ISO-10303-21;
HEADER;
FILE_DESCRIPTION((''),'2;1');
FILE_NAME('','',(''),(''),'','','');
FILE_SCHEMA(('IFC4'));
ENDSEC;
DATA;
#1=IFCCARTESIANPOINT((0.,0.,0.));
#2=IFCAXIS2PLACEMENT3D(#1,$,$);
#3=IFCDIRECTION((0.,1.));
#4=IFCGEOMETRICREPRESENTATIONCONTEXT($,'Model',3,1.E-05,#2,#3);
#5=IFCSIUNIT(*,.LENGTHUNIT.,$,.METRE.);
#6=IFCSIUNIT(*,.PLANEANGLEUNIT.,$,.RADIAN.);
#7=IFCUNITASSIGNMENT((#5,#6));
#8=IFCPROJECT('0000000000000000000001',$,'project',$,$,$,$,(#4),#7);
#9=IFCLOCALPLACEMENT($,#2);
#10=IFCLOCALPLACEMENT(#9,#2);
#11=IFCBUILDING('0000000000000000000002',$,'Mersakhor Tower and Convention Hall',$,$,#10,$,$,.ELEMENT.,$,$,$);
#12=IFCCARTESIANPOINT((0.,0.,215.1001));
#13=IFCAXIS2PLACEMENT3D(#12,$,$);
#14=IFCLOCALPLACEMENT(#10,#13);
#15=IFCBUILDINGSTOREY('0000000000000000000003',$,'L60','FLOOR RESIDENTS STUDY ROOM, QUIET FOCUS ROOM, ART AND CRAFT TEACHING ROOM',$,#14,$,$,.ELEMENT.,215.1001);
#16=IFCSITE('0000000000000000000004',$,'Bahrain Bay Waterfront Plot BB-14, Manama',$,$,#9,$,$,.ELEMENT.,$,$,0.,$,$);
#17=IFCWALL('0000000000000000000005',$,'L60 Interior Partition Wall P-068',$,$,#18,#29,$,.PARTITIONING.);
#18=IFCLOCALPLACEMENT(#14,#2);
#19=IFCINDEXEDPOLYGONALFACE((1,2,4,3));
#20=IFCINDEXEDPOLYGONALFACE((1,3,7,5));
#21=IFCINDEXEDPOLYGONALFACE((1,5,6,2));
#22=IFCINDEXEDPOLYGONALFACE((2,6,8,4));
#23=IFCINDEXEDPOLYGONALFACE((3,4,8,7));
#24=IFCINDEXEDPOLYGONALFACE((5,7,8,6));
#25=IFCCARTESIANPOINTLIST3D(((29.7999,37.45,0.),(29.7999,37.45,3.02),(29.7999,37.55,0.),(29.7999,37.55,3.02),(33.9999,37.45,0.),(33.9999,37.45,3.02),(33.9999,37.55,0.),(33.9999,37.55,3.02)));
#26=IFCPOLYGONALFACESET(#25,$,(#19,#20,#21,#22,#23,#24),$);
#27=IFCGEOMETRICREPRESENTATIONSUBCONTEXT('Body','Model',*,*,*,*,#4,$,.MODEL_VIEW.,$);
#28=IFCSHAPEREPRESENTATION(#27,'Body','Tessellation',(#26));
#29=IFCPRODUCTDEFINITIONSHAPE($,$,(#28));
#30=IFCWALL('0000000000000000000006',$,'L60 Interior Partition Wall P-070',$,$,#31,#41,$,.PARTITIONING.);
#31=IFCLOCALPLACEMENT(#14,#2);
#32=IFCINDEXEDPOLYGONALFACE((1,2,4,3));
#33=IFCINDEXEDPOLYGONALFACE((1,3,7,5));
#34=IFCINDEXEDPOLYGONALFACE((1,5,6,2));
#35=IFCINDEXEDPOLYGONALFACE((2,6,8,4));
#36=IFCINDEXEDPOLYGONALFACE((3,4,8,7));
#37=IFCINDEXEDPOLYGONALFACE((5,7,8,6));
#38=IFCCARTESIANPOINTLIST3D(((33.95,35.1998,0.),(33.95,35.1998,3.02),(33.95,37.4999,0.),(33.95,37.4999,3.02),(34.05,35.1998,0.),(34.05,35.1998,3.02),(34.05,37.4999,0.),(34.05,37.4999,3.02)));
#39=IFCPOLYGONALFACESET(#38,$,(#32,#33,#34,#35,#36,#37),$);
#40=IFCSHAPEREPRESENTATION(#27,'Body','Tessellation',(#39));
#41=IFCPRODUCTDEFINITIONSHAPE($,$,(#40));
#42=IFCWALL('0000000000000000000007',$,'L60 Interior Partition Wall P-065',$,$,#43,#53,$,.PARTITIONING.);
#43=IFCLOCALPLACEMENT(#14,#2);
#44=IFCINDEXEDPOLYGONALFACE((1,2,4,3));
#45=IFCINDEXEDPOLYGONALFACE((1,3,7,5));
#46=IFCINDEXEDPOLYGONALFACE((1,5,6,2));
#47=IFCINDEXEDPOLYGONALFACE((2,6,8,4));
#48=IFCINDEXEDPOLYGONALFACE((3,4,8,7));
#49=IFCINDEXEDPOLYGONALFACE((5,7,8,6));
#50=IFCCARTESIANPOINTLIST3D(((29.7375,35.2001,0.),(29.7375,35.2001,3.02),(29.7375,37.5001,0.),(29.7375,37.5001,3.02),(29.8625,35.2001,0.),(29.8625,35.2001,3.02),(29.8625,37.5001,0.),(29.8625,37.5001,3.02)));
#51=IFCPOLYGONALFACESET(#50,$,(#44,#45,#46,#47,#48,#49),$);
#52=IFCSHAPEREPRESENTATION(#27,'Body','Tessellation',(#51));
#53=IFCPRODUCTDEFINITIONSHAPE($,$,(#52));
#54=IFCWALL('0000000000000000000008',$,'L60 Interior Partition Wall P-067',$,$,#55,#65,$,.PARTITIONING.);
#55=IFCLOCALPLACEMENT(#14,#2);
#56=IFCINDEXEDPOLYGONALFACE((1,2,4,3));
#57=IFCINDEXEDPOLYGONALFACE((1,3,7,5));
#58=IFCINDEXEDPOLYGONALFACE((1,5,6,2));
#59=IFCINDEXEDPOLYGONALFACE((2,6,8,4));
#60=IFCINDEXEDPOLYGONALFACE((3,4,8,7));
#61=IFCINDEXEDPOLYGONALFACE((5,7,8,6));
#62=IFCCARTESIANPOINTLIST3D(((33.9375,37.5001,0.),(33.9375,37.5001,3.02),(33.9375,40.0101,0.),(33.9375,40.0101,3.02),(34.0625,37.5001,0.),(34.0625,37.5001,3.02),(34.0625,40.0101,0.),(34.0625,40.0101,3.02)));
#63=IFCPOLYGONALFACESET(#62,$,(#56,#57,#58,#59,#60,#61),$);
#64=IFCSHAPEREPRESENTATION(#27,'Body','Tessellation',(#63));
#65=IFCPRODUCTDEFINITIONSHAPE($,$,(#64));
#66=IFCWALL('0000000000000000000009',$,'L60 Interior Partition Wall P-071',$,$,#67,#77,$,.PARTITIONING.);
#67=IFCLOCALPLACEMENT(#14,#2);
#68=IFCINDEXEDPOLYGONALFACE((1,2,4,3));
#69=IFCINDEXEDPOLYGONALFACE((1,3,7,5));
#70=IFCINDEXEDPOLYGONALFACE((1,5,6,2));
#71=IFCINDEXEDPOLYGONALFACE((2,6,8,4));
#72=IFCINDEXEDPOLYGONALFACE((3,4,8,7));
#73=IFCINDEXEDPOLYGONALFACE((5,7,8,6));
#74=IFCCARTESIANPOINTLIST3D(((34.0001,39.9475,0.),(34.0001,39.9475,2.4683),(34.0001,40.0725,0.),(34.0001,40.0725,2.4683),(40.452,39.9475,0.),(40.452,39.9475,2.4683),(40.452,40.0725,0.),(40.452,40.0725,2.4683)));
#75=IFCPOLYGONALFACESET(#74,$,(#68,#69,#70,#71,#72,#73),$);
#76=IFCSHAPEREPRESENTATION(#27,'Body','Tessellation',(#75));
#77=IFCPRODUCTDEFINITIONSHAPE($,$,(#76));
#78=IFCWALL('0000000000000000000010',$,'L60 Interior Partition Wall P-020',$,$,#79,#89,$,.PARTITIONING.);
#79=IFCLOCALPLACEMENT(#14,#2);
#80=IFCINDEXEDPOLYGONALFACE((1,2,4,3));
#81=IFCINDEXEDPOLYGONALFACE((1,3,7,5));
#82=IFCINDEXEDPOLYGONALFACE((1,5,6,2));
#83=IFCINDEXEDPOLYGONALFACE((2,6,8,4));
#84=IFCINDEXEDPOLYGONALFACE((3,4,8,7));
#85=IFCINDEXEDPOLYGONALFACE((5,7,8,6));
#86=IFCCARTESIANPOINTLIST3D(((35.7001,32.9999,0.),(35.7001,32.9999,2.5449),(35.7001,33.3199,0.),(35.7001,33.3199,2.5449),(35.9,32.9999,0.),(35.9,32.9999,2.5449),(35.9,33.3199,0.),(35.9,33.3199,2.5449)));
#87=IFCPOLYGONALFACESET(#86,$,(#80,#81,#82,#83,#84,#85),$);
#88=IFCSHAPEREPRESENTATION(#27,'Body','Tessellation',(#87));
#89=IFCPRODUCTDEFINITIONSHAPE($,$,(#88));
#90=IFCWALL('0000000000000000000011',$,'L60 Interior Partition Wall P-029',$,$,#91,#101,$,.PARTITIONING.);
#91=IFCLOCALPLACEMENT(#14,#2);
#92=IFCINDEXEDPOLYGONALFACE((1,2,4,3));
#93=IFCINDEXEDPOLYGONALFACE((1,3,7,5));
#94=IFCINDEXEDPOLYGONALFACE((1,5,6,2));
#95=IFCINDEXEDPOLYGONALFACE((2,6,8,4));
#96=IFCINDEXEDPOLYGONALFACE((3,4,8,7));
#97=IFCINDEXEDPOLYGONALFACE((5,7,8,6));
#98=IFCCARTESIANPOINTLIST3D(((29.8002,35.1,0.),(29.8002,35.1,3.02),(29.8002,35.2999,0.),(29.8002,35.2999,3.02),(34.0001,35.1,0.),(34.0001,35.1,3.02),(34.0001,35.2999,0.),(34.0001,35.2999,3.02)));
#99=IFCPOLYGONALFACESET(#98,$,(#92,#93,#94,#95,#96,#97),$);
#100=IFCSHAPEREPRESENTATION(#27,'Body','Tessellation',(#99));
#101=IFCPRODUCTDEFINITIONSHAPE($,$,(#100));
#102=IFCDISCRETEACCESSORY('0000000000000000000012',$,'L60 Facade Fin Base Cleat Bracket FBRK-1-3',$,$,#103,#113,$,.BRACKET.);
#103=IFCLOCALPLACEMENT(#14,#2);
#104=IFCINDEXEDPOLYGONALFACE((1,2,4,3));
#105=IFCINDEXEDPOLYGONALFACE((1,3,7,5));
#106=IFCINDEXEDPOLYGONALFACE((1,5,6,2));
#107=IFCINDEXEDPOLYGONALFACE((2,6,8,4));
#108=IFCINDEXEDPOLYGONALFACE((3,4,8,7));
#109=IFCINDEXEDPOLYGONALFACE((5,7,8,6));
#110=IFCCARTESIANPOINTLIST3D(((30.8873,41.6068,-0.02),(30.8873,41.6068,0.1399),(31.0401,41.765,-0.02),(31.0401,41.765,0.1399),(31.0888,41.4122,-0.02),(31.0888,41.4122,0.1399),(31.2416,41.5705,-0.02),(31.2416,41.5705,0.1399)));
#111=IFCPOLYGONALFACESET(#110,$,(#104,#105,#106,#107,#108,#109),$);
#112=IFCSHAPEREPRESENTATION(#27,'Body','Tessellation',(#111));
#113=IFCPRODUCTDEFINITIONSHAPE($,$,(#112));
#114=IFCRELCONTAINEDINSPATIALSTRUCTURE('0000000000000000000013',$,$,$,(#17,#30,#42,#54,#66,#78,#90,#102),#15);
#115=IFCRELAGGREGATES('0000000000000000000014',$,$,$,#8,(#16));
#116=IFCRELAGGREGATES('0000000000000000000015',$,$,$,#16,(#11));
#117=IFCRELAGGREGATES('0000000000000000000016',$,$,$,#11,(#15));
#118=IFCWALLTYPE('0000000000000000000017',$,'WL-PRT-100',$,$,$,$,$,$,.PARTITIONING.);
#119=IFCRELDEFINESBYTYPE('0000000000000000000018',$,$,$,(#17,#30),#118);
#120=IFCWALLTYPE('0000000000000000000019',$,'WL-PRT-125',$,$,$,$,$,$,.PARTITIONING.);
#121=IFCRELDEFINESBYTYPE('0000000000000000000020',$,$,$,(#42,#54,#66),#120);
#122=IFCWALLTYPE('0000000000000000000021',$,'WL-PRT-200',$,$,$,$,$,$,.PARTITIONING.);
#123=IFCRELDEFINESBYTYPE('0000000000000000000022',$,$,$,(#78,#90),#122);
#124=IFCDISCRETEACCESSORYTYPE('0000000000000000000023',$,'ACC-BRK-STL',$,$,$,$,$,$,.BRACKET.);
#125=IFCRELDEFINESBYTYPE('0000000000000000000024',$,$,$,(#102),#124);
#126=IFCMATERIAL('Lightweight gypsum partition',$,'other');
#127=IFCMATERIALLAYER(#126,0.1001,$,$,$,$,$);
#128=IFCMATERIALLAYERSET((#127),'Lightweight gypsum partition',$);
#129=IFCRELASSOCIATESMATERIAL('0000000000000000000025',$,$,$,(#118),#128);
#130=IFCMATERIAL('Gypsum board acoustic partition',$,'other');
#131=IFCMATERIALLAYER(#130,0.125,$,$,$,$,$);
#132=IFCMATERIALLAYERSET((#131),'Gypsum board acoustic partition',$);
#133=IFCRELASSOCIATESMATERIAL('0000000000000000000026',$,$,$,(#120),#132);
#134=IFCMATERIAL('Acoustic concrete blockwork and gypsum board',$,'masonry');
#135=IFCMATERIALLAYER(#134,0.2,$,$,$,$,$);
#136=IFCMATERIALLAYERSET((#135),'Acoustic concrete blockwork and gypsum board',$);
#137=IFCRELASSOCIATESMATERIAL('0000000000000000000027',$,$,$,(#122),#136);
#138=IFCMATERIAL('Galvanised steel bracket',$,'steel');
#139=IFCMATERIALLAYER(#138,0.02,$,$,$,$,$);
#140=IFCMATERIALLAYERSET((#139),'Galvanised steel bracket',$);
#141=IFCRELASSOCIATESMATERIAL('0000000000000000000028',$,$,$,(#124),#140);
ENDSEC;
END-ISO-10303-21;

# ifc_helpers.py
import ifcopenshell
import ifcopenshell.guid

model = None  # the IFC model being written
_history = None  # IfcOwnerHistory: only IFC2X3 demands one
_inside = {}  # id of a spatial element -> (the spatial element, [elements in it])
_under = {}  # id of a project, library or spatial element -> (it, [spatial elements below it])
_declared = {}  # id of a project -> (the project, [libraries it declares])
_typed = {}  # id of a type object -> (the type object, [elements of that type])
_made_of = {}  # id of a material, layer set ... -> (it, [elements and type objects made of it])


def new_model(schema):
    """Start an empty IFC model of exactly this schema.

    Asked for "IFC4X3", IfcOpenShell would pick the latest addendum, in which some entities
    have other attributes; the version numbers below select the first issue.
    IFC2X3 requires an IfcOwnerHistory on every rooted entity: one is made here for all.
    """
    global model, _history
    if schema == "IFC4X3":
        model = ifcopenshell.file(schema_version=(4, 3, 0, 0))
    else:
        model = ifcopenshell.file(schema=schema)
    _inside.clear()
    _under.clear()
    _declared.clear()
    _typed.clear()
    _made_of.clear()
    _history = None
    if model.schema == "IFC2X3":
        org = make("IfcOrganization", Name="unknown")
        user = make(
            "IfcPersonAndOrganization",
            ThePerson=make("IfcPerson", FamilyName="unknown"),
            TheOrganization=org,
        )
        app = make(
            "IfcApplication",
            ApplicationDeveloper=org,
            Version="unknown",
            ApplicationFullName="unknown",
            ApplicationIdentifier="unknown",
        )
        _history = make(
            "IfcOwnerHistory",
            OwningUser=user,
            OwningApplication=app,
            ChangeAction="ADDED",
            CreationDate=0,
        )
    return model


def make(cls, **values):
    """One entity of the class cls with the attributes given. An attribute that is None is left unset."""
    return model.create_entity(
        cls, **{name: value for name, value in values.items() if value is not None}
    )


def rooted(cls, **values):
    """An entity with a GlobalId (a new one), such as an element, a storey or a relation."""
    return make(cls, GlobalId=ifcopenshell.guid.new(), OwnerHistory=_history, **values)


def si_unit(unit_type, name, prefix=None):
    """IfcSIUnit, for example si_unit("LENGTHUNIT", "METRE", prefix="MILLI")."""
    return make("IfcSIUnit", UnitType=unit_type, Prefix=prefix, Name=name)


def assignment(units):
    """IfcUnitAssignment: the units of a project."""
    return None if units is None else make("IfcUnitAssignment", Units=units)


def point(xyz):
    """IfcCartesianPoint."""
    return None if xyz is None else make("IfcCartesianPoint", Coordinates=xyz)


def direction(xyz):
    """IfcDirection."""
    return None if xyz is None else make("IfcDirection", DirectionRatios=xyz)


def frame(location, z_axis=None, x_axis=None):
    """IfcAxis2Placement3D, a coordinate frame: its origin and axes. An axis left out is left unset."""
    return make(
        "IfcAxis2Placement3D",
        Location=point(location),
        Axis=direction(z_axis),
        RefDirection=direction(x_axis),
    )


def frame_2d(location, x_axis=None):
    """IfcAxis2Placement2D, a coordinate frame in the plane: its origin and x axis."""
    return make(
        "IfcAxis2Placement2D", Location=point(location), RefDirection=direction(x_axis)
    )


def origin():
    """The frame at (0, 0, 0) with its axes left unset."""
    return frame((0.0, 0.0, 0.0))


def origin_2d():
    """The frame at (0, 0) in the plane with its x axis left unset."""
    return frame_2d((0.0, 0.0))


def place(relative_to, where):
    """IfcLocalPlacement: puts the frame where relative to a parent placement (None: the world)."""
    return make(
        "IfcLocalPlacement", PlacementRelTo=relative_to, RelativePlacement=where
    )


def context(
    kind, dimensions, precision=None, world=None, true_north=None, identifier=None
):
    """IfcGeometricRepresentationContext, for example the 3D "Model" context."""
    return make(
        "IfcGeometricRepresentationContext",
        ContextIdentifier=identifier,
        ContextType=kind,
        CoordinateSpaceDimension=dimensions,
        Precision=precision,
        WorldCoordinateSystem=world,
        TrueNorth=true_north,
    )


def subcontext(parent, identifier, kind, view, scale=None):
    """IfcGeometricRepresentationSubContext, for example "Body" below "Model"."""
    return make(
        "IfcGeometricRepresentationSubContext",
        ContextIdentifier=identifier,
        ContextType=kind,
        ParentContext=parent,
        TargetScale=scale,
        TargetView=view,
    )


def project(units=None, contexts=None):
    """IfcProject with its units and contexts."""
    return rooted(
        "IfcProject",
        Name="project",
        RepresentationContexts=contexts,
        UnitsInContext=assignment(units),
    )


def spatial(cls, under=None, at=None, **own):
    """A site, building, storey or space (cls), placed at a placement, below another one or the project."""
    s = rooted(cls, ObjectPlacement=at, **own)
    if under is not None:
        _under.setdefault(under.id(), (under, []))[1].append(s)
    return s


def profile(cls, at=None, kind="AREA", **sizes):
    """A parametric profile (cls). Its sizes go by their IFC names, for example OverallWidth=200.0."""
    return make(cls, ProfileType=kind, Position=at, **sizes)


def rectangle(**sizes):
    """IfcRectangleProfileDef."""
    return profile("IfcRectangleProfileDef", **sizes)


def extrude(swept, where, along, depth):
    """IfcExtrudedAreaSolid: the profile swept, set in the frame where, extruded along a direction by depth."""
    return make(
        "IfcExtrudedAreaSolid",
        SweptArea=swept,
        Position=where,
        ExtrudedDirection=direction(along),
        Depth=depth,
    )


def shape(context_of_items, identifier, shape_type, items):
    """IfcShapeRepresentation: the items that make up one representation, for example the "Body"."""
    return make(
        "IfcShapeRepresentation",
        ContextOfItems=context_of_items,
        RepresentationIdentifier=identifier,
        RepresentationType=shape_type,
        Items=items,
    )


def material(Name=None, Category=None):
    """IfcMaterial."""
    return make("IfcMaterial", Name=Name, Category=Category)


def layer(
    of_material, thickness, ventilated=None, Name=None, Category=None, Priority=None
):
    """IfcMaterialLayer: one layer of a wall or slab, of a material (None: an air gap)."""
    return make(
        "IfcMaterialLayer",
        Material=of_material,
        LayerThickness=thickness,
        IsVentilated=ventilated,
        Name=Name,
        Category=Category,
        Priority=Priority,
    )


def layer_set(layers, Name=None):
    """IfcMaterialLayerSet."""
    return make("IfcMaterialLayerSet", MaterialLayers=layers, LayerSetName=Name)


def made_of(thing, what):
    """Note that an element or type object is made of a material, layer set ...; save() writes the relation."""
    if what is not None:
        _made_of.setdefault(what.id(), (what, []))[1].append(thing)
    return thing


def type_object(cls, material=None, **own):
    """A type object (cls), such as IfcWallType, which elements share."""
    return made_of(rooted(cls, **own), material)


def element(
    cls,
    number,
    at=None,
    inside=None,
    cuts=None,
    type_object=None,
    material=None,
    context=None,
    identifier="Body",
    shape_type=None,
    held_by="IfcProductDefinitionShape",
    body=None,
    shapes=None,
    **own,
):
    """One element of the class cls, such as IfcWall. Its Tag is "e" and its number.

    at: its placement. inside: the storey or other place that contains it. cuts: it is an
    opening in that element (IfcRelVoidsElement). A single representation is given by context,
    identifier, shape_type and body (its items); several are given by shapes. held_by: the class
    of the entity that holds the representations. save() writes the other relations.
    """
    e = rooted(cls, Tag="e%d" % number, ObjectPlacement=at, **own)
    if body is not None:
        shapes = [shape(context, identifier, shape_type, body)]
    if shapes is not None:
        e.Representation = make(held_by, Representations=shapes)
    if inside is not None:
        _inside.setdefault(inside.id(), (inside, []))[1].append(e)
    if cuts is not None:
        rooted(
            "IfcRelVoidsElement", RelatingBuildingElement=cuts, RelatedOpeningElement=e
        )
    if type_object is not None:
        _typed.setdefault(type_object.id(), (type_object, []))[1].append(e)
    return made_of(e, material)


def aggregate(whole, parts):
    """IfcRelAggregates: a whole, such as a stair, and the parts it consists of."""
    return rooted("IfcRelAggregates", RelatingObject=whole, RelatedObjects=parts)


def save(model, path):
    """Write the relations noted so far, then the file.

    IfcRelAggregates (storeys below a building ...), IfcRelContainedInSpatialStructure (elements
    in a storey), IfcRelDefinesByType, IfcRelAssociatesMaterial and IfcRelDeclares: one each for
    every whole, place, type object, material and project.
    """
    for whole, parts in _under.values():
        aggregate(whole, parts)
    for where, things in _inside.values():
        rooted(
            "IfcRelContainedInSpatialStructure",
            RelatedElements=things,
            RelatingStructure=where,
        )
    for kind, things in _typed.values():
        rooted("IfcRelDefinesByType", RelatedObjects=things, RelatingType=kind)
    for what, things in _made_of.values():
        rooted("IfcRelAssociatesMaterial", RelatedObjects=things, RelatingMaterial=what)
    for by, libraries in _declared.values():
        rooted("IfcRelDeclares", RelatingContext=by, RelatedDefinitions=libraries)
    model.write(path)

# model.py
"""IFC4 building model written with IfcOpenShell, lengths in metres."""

from ifc_helpers import new_model, si_unit, direction, frame, frame_2d, origin, origin_2d, place, context, subcontext, project, spatial, rectangle, extrude, material, layer, layer_set, type_object, element, save


model = new_model("IFC4")

# Units and contexts
model_context = context("Model", 3, precision=1e-05, world=origin(), true_north=direction((0.0, 1.0)))
body_context = subcontext(model_context, "Body", "Model", "MODEL_VIEW")
ifc_project = project(units=[si_unit("LENGTHUNIT", "METRE"), si_unit("PLANEANGLEUNIT", "RADIAN")], contexts=[model_context])

# Site, building, storey
site_placement = place(None, origin())
site = spatial("IfcSite", under=ifc_project, at=site_placement, Name="Bahrain Bay Waterfront Plot BB-14, Manama", CompositionType="ELEMENT", RefElevation=0.0)
building_placement = place(site_placement, origin())
building = spatial("IfcBuilding", under=site, at=building_placement, Name="Mersakhor Tower and Convention Hall", CompositionType="ELEMENT")
storey_placement = place(building_placement, frame((0.0, 0.0, 215.1001)))
storey = spatial("IfcBuildingStorey", under=building, at=storey_placement, Name="L60", Description="FLOOR RESIDENTS STUDY ROOM, QUIET FOCUS ROOM, ART AND CRAFT TEACHING ROOM", CompositionType="ELEMENT", Elevation=215.1001)

# Shared definitions
ifc_material_1 = material(Name="Lightweight gypsum partition", Category="other")
ifc_layer_1 = layer(ifc_material_1, 0.1001)
ifc_layer_set_1 = layer_set([ifc_layer_1], Name="Lightweight gypsum partition")
wall_type_1 = type_object("IfcWallType", Name="WL-PRT-100", PredefinedType="PARTITIONING", material=ifc_layer_set_1)

# Walls
wall_1_placement = place(storey_placement, frame((34.0, 37.5, 0.0), z_axis=(0.0, 0.0, 1.0), x_axis=(-1.0, 0.0, 0.0)))
element("IfcWall", 1, at=wall_1_placement, inside=storey, type_object=wall_type_1, Name="L60 Interior Partition Wall P-068", PredefinedType="PARTITIONING", context=body_context, shape_type="SweptSolid", body=[
    extrude(rectangle(XDim=4.2, YDim=0.1001, at=frame_2d((2.1001, 0.0))), origin(), (0.0, 0.0, 1.0), 3.02),
])
wall_2_placement = place(storey_placement, frame((34.0, 35.2, 0.0), z_axis=(0.0, 0.0, 1.0), x_axis=(0.0, 1.0, 0.0)))
element("IfcWall", 2, at=wall_2_placement, inside=storey, type_object=wall_type_1, Name="L60 Interior Partition Wall P-070", PredefinedType="PARTITIONING", context=body_context, shape_type="SweptSolid", body=[
    extrude(rectangle(XDim=2.3, YDim=0.1001, at=frame_2d((1.1499, 0.0))), origin(), (0.0, 0.0, 1.0), 3.02),
])
ifc_material_2 = material(Name="Gypsum board acoustic partition", Category="other")
ifc_layer_2 = layer(ifc_material_2, 0.125)
ifc_layer_set_2 = layer_set([ifc_layer_2], Name="Gypsum board acoustic partition")
wall_type_2 = type_object("IfcWallType", Name="WL-PRT-125", PredefinedType="PARTITIONING", material=ifc_layer_set_2)
wall_3_placement = place(storey_placement, frame((29.8, 37.5, 0.0), z_axis=(0.0, 0.0, 1.0), x_axis=(0.0, -1.0, 0.0)))
element("IfcWall", 3, at=wall_3_placement, inside=storey, type_object=wall_type_2, Name="L60 Interior Partition Wall P-065", PredefinedType="PARTITIONING", context=body_context, shape_type="SweptSolid", body=[
    extrude(rectangle(XDim=2.3, YDim=0.125, at=frame_2d((1.1499, 0.0))), origin(), (0.0, 0.0, 1.0), 3.02),
])
wall_4_placement = place(storey_placement, frame((34.0, 40.01, 0.0), z_axis=(0.0, 0.0, 1.0), x_axis=(0.0, -1.0, 0.0)))
element("IfcWall", 4, at=wall_4_placement, inside=storey, type_object=wall_type_2, Name="L60 Interior Partition Wall P-067", PredefinedType="PARTITIONING", context=body_context, shape_type="SweptSolid", body=[
    extrude(rectangle(XDim=2.51, YDim=0.125, at=frame_2d((1.2549, 0.0))), origin(), (0.0, 0.0, 1.0), 3.02),
])
wall_5_placement = place(storey_placement, frame((34.0, 40.01, 0.0), z_axis=(0.0, 0.0, 1.0), x_axis=(1.0, 0.0, 0.0)))
element("IfcWall", 5, at=wall_5_placement, inside=storey, type_object=wall_type_2, Name="L60 Interior Partition Wall P-071", PredefinedType="PARTITIONING", context=body_context, shape_type="SweptSolid", body=[
    extrude(rectangle(XDim=6.4519, YDim=0.125, at=frame_2d((3.2261, 0.0))), origin(), (0.0, 0.0, 1.0), 2.4683),
])
ifc_material_3 = material(Name="Acoustic concrete blockwork and gypsum board", Category="masonry")
ifc_layer_3 = layer(ifc_material_3, 0.2)
ifc_layer_set_3 = layer_set([ifc_layer_3], Name="Acoustic concrete blockwork and gypsum board")
wall_type_3 = type_object("IfcWallType", Name="WL-PRT-200", PredefinedType="PARTITIONING", material=ifc_layer_set_3)
wall_6_placement = place(storey_placement, frame((35.8, 33.3201, 0.0), z_axis=(0.0, 0.0, 1.0), x_axis=(0.0, -1.0, 0.0)))
element("IfcWall", 6, at=wall_6_placement, inside=storey, type_object=wall_type_3, Name="L60 Interior Partition Wall P-020", PredefinedType="PARTITIONING", context=body_context, shape_type="SweptSolid", body=[
    extrude(rectangle(XDim=0.3201, YDim=0.2, at=frame_2d((0.1602, 0.0))), origin(), (0.0, 0.0, 1.0), 2.5449),
])
wall_7_placement = place(storey_placement, frame((29.8, 35.2, 0.0), z_axis=(0.0, 0.0, 1.0), x_axis=(1.0, 0.0, 0.0)))
element("IfcWall", 7, at=wall_7_placement, inside=storey, type_object=wall_type_3, Name="L60 Interior Partition Wall P-029", PredefinedType="PARTITIONING", context=body_context, shape_type="SweptSolid", body=[
    extrude(rectangle(XDim=4.2, YDim=0.2, at=frame_2d((2.1001, 0.0))), origin(), (0.0, 0.0, 1.0), 3.02),
])

# Discrete accessory
ifc_material_4 = material(Name="Galvanised steel bracket", Category="steel")
ifc_layer_4 = layer(ifc_material_4, 0.02)
ifc_layer_set_4 = layer_set([ifc_layer_4], Name="Galvanised steel bracket")
discrete_accessory_type = type_object("IfcDiscreteAccessoryType", Name="ACC-BRK-STL", PredefinedType="BRACKET", material=ifc_layer_set_4)
discrete_accessory_placement = place(storey_placement, frame((31.0645, 41.5886, -0.02), z_axis=(0.0, 0.0, 1.0), x_axis=(-0.71934, 0.694658, 0.0)))
element("IfcDiscreteAccessory", 8, at=discrete_accessory_placement, inside=storey, type_object=discrete_accessory_type, Name="L60 Facade Fin Base Cleat Bracket FBRK-1-3", PredefinedType="BRACKET", context=body_context, shape_type="SweptSolid", body=[
    extrude(rectangle(XDim=0.28, YDim=0.22, at=origin_2d()), origin(), (0.0, 0.0, 1.0), 0.1599),
])

save(model, "model.ifc")
